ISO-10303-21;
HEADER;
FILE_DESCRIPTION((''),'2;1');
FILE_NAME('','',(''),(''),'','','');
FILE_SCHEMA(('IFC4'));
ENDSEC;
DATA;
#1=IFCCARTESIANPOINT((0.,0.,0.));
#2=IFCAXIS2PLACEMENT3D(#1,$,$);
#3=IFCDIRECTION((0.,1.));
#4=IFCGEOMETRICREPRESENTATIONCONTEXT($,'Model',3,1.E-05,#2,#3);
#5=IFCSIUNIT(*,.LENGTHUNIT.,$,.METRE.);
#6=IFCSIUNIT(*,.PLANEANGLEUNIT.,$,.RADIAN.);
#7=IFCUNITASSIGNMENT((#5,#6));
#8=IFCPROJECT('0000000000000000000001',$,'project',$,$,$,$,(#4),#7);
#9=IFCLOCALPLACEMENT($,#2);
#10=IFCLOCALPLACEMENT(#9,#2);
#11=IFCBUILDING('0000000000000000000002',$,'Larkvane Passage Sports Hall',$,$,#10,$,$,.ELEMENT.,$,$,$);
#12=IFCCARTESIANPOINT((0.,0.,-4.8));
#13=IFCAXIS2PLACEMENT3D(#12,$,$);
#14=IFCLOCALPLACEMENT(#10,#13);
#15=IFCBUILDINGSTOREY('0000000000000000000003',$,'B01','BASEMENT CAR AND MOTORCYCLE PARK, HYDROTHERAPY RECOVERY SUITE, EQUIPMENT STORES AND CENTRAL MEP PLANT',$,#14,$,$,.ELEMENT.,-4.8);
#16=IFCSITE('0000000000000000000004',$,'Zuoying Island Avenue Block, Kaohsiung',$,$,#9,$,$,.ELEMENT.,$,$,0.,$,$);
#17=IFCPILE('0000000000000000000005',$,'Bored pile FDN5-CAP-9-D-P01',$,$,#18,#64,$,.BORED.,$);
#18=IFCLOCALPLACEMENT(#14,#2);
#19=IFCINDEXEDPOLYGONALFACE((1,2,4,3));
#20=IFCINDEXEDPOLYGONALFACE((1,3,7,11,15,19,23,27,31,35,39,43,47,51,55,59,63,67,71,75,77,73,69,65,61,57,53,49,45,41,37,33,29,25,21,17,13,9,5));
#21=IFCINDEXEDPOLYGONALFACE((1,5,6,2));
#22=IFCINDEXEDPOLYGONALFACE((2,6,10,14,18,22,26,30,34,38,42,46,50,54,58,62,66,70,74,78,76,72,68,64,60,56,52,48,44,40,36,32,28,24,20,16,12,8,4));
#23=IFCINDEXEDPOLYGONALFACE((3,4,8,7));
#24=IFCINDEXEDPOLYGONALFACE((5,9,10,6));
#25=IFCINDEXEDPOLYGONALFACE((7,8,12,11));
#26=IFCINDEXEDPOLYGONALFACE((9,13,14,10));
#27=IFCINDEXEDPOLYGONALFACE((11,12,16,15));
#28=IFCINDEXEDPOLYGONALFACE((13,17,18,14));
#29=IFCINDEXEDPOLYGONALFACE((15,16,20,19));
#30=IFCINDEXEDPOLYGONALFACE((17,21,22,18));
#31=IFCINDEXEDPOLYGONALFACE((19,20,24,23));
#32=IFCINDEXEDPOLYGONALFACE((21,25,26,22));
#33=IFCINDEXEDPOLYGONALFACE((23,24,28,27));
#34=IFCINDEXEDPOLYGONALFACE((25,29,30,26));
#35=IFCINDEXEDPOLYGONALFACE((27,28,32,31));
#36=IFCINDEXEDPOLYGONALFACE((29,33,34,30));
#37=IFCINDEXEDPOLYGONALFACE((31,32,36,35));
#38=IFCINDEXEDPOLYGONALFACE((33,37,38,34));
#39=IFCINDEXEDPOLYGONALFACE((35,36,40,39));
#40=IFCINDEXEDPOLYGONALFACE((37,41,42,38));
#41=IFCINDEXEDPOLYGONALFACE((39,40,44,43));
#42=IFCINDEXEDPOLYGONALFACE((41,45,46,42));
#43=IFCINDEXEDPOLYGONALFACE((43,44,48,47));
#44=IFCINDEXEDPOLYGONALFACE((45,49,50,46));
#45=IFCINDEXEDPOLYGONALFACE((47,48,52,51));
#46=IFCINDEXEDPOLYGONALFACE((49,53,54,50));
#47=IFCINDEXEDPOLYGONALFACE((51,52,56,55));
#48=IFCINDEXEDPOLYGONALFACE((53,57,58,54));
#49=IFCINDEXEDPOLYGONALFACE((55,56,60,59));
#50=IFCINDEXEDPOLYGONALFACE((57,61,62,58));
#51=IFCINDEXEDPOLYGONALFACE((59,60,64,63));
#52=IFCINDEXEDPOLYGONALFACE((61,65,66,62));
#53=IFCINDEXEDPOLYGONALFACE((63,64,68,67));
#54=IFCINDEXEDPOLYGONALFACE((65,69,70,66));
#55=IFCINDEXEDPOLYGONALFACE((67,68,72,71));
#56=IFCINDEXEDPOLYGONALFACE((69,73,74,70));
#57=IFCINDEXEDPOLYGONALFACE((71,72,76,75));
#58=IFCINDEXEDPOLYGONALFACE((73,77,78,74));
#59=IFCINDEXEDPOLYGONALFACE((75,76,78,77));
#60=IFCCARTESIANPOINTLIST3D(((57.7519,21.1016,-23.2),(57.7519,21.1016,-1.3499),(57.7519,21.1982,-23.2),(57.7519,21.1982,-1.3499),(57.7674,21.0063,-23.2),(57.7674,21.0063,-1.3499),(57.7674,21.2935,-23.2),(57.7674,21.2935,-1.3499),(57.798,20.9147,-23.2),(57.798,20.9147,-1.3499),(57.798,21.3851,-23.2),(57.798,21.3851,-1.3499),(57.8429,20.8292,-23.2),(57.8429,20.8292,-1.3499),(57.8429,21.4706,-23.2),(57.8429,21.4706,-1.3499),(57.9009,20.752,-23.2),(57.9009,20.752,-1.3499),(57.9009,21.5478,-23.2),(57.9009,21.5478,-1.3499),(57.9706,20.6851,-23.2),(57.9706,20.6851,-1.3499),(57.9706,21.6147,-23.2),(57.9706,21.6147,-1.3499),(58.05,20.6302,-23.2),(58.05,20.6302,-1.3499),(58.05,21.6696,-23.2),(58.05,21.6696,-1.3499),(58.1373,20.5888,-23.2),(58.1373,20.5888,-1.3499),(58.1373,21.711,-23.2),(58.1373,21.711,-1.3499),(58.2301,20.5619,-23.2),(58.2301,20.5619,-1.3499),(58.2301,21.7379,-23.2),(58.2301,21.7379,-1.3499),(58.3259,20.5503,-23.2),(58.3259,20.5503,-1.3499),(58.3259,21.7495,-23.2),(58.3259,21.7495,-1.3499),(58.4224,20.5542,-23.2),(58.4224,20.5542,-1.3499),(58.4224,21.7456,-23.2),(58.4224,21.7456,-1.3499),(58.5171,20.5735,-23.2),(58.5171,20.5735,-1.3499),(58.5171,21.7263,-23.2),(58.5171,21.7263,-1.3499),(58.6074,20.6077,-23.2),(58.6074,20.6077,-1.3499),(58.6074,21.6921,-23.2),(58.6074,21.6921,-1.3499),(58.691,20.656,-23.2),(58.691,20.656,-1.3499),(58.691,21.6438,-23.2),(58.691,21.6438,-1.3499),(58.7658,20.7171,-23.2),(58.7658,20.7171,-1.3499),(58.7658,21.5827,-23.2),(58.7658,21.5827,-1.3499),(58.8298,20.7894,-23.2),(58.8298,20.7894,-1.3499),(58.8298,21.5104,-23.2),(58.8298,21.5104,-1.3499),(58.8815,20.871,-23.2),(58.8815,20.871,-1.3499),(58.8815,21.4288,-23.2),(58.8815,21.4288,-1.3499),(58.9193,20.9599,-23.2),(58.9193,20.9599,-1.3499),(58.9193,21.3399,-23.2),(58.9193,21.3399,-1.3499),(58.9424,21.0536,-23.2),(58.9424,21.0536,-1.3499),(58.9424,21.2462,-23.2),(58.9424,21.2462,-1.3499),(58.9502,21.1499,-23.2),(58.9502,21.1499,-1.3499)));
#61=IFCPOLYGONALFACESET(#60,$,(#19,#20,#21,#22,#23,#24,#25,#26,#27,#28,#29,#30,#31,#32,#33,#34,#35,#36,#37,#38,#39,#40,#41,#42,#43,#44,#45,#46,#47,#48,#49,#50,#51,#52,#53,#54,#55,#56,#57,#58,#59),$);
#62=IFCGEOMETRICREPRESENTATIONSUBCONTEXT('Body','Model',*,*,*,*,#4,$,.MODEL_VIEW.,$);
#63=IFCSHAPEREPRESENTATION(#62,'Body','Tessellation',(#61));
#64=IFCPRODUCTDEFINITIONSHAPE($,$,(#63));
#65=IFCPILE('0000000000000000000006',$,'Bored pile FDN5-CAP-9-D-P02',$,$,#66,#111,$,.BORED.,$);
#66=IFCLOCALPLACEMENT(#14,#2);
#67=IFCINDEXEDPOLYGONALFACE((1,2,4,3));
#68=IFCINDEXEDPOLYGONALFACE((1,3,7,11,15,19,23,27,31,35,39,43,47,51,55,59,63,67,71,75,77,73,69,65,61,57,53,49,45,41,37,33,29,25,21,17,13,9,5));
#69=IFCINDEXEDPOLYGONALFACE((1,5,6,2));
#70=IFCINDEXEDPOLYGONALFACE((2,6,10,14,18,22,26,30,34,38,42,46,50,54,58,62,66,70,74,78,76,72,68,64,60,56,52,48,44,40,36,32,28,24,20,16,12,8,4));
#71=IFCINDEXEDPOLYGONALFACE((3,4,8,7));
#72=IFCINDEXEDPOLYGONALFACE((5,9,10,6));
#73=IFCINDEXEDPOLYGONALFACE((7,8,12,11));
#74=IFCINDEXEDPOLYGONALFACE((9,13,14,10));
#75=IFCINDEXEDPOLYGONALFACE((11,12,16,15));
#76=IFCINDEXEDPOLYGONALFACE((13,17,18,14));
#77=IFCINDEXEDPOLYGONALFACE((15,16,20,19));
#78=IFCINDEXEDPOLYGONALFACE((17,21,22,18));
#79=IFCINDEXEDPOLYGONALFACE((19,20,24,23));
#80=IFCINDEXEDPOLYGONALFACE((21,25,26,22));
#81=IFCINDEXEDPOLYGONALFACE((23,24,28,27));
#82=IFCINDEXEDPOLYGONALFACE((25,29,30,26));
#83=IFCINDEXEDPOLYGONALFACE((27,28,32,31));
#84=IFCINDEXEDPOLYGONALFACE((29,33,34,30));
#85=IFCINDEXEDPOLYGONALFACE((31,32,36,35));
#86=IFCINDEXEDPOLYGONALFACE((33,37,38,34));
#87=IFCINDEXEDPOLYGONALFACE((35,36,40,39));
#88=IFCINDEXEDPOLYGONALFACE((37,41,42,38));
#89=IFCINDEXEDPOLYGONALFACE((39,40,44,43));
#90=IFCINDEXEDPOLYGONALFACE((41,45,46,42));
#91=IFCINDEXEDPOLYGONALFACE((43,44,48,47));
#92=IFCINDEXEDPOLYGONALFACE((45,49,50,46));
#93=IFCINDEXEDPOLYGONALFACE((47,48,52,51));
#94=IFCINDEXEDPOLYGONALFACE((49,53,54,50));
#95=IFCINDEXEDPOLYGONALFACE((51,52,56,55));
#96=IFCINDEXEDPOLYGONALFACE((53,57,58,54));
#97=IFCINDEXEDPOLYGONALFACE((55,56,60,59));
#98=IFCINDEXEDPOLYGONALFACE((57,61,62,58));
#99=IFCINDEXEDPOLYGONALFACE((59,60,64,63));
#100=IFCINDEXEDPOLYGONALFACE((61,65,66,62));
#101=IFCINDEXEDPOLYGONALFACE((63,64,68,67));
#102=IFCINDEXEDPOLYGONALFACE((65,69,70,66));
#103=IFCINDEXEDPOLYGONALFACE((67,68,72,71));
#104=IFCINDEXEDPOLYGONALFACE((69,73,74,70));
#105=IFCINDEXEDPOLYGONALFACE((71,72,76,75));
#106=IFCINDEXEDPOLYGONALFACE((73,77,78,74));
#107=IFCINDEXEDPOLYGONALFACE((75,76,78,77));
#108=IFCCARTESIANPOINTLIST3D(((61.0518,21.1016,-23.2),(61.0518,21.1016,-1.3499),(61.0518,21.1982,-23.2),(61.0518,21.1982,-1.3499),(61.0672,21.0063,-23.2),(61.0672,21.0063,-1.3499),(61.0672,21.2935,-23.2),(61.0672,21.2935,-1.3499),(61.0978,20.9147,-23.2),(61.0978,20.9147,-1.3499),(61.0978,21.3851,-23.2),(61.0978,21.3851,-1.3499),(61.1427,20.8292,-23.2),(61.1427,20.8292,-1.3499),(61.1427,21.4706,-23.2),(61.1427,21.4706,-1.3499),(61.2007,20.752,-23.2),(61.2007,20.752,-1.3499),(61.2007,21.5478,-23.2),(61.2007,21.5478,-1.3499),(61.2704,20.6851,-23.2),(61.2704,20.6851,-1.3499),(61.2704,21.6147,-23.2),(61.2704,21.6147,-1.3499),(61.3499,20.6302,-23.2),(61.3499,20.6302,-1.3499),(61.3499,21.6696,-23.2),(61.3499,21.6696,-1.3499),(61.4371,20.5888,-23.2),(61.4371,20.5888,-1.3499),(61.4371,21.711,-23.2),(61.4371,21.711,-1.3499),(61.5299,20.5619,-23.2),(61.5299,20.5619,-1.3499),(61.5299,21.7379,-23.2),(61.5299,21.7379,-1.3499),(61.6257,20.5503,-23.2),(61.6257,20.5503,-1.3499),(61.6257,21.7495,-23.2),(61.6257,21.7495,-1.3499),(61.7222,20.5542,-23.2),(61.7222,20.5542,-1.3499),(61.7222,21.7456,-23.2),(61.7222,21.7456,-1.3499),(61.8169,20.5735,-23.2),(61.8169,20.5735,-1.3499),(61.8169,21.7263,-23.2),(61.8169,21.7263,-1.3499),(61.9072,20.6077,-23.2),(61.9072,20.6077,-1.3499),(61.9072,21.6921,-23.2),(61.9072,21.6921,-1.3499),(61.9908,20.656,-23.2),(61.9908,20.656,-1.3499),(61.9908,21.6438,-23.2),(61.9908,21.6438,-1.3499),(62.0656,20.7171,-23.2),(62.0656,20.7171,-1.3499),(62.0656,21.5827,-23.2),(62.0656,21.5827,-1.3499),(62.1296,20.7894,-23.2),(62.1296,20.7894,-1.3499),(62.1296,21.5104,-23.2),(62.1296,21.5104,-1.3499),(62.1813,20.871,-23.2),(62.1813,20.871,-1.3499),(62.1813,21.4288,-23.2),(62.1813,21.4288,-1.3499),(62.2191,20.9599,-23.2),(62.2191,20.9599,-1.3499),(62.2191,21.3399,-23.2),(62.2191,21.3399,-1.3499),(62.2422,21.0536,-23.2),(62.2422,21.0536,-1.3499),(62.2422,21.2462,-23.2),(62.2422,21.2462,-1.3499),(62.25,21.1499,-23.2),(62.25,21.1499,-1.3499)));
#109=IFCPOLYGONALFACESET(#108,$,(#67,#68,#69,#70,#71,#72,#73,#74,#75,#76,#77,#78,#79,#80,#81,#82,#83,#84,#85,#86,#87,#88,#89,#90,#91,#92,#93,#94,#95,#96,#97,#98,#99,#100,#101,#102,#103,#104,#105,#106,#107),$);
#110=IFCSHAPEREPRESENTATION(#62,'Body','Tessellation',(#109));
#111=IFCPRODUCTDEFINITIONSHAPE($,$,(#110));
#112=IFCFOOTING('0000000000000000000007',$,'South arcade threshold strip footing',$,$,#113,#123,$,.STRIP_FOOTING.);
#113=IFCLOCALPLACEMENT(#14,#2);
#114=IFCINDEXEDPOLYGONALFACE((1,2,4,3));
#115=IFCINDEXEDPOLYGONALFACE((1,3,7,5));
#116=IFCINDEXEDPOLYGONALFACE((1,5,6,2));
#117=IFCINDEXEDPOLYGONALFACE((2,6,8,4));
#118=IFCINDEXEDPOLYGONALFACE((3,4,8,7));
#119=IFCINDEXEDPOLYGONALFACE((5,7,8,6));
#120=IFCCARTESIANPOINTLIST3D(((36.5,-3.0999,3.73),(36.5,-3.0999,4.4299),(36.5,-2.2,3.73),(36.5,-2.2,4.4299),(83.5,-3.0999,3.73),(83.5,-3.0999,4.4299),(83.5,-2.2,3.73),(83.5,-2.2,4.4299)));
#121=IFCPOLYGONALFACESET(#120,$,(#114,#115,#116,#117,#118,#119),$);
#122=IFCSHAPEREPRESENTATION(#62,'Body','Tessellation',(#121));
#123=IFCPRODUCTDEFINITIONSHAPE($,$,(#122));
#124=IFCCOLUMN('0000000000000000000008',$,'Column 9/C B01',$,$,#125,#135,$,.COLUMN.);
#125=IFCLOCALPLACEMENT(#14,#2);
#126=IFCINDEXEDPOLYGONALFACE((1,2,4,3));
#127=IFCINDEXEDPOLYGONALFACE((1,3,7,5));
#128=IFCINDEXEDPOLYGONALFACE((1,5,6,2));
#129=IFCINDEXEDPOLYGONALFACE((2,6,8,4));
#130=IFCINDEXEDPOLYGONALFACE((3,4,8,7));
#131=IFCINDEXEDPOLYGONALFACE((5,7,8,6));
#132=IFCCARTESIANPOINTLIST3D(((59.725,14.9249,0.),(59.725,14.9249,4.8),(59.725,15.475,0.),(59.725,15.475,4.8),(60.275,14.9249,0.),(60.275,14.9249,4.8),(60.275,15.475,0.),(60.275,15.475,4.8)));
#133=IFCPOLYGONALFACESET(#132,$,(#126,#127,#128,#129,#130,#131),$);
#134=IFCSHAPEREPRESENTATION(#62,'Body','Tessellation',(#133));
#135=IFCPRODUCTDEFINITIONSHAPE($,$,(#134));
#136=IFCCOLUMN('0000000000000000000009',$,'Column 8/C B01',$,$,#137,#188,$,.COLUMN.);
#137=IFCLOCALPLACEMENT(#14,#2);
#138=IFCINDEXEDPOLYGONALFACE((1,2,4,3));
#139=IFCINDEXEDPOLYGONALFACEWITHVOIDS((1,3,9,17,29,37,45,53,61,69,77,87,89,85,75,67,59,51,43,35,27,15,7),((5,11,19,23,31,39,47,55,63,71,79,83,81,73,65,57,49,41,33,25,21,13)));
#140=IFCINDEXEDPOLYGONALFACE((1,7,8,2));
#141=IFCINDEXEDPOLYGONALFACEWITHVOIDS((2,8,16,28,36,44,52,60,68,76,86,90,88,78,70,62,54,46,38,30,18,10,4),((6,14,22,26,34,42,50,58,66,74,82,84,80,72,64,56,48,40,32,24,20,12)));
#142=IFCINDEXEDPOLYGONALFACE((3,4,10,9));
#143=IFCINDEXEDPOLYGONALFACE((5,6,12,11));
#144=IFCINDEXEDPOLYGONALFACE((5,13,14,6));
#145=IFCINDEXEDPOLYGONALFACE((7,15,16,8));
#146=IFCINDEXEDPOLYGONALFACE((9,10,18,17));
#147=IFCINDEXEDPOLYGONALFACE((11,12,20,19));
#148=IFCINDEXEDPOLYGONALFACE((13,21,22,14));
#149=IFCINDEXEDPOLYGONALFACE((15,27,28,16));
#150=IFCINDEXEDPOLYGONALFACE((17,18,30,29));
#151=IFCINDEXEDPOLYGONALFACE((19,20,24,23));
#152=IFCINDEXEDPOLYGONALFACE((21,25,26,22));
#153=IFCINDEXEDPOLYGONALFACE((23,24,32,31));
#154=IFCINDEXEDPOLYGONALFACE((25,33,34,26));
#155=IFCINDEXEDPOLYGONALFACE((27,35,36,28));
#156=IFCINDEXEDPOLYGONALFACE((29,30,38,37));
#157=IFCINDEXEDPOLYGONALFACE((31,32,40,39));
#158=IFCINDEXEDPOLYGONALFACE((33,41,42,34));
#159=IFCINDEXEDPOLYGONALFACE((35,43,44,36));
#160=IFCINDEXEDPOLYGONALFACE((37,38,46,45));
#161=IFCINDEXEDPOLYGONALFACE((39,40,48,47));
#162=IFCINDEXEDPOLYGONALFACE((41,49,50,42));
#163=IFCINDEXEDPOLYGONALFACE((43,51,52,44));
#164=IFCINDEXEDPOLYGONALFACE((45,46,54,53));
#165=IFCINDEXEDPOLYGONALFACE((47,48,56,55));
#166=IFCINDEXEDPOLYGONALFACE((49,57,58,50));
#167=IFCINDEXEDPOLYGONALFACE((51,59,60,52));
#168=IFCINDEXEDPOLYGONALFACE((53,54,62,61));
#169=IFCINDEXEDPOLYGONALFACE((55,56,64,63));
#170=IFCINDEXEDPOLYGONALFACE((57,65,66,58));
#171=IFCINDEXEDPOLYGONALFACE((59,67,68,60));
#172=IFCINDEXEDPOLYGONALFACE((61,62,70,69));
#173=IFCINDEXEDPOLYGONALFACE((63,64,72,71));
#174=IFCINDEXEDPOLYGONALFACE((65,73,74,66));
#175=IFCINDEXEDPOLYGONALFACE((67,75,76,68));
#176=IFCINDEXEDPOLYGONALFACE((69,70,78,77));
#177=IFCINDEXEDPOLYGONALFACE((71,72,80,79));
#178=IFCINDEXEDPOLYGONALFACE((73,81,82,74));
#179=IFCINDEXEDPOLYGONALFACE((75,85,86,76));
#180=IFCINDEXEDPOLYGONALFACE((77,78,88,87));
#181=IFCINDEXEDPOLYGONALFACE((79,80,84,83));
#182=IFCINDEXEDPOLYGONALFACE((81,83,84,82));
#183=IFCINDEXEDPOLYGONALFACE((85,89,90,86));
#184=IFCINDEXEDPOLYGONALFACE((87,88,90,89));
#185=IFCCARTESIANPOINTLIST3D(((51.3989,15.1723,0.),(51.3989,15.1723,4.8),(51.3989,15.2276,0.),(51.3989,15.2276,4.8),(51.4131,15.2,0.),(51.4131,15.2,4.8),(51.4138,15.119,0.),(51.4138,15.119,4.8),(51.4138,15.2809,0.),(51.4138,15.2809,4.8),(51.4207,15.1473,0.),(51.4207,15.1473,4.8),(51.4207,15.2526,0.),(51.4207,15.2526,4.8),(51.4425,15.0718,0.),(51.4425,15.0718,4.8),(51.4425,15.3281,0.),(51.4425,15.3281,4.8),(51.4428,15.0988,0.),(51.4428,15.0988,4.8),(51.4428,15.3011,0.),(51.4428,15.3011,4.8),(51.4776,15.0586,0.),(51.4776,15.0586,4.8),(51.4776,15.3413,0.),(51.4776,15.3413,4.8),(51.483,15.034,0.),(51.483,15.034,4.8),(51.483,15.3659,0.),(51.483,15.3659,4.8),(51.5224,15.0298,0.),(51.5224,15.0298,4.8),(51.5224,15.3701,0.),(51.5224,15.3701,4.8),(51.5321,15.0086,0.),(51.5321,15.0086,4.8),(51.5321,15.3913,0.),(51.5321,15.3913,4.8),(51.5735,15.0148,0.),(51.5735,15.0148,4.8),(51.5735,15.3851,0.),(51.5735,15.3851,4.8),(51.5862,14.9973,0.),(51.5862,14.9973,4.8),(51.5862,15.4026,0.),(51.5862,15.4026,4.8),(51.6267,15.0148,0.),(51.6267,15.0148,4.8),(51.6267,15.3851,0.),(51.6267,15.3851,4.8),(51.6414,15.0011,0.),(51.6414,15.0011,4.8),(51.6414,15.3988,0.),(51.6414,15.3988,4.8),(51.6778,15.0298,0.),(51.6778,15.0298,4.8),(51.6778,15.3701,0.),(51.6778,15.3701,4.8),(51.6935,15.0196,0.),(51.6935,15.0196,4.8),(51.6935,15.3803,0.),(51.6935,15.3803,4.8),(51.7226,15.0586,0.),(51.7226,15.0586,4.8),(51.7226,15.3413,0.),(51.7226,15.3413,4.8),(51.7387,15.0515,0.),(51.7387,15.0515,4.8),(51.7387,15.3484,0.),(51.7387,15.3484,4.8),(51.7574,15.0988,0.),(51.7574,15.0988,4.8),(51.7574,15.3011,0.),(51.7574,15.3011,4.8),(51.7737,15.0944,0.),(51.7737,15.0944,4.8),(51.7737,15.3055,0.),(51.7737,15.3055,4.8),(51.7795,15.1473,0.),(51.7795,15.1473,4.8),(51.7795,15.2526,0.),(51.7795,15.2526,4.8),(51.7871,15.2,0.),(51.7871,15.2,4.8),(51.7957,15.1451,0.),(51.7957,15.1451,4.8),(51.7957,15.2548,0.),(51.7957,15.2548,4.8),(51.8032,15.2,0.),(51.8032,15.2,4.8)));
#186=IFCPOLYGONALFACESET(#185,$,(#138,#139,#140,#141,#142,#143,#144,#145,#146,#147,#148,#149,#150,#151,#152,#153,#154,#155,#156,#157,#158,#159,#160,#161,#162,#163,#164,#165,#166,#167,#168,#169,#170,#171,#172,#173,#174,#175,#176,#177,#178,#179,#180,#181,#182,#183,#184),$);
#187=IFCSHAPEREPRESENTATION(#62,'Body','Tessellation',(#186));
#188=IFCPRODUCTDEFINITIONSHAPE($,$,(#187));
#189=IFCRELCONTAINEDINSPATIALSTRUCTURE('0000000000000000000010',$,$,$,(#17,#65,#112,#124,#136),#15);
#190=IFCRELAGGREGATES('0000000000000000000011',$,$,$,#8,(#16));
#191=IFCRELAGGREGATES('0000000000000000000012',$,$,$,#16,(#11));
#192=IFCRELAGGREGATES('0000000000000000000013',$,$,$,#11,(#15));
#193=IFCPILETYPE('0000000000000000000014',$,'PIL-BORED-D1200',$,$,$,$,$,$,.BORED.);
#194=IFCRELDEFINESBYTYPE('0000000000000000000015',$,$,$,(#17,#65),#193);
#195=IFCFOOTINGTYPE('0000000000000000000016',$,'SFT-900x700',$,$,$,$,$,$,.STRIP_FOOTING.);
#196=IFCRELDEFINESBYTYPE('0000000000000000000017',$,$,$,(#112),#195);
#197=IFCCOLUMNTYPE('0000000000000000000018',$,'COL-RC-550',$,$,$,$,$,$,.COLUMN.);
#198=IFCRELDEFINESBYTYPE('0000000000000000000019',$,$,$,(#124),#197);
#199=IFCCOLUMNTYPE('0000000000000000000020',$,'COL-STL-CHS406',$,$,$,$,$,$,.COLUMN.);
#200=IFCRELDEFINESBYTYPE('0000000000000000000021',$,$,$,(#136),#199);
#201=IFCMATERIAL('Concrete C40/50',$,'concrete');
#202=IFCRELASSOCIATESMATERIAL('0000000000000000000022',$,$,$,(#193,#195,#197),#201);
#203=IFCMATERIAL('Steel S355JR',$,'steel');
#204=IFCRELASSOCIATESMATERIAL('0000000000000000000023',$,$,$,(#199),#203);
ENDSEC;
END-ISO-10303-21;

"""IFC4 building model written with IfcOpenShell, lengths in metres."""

from ifc_helpers import new_model, si_unit, direction, frame, origin, origin_2d, place, context, subcontext, project, spatial, rectangle, circle, hollow_circle, extrude, material, material_profile, profile_set, type_object, element, save


model = new_model("IFC4")

# Units and contexts
model_context = context("Model", 3, precision=1e-05, world=origin(), true_north=direction((0.0, 1.0)))
body_context = subcontext(model_context, "Body", "Model", "MODEL_VIEW")
ifc_project = project(units=[si_unit("LENGTHUNIT", "METRE"), si_unit("PLANEANGLEUNIT", "RADIAN")], contexts=[model_context])

# Site, building, storey
site_placement = place(None, origin())
site = spatial("IfcSite", under=ifc_project, at=site_placement, Name="Zuoying Island Avenue Block, Kaohsiung", CompositionType="ELEMENT", RefElevation=0.0)
building_placement = place(site_placement, origin())
building = spatial("IfcBuilding", under=site, at=building_placement, Name="Larkvane Passage Sports Hall", CompositionType="ELEMENT")
storey_placement = place(building_placement, frame((0.0, 0.0, -4.8)))
storey = spatial("IfcBuildingStorey", under=building, at=storey_placement, Name="B01", Description="BASEMENT CAR AND MOTORCYCLE PARK, HYDROTHERAPY RECOVERY SUITE, EQUIPMENT STORES AND CENTRAL MEP PLANT", CompositionType="ELEMENT", Elevation=-4.8)

# Shared definitions
ifc_material_1 = material(Name="Concrete C40/50", Category="concrete")

# Piles
ifc_material_profile_1 = material_profile(ifc_material_1, circle(Radius=0.6001, at=origin_2d()), Name="PILE-D1200")
ifc_profile_set_1 = profile_set([ifc_material_profile_1], Name="Concrete C40/50")
pile_type = type_object("IfcPileType", Name="PIL-BORED-D1200", PredefinedType="BORED", material=ifc_profile_set_1)
for number, where, z_axis, x_axis, name in (
    (1, (58.3501, 21.1499, -1.3499), (0.0, 0.0, -1.0), (1.0, 0.0, 0.0), "Bored pile FDN5-CAP-9-D-P01"),
    (2, (61.6499, 21.1499, -1.3499), (0.0, 0.0, -1.0), (1.0, 0.0, 0.0), "Bored pile FDN5-CAP-9-D-P02"),
):
    element("IfcPile", number, at=place(storey_placement, frame(where, z_axis=z_axis, x_axis=x_axis)), inside=storey, type_object=pile_type, Name=name, PredefinedType="BORED", context=body_context, shape_type="SweptSolid", body=[
        extrude(circle(Radius=0.6001, at=origin_2d()), origin(), (0.0, 0.0, 1.0), 21.8501),
    ])

# Footing
footing_type_1 = type_object("IfcFootingType", Name="SFT-900x700", PredefinedType="STRIP_FOOTING", material=ifc_material_1)
footing_1_placement = place(storey_placement, frame((60.0, -2.6499, 3.73), z_axis=(0.0, 0.0, 1.0), x_axis=(1.0, 0.0, 0.0)))
element("IfcFooting", 3, at=footing_1_placement, inside=storey, type_object=footing_type_1, Name="South arcade threshold strip footing", PredefinedType="STRIP_FOOTING", context=body_context, shape_type="SweptSolid", body=[
    extrude(rectangle(XDim=47.0, YDim=0.8999, at=origin_2d()), origin(), (0.0, 0.0, 1.0), 0.7),
])

# Columns
ifc_material_profile_2 = material_profile(ifc_material_1, rectangle(XDim=0.55, YDim=0.55, at=origin_2d()), Name="RC-COL-550x550")
ifc_profile_set_2 = profile_set([ifc_material_profile_2], Name="Concrete C40/50")
column_type_1 = type_object("IfcColumnType", Name="COL-RC-550", PredefinedType="COLUMN", material=ifc_profile_set_2)
column_1_placement = place(storey_placement, frame((60.0, 15.2, 0.0), z_axis=(0.0, 0.0, 1.0), x_axis=(1.0, 0.0, 0.0)))
element("IfcColumn", 4, at=column_1_placement, inside=storey, type_object=column_type_1, Name="Column 9/C B01", PredefinedType="COLUMN", context=body_context, shape_type="SweptSolid", body=[
    extrude(rectangle(XDim=0.55, YDim=0.55, at=origin_2d()), origin(), (0.0, 0.0, 1.0), 4.8),
])
ifc_material_2 = material(Name="Steel S355JR", Category="steel")
ifc_material_profile_3 = material_profile(ifc_material_2, hollow_circle(Radius=0.2031, WallThickness=0.0161, at=origin_2d()), Name="CHS-406.4x16.0")
ifc_profile_set_3 = profile_set([ifc_material_profile_3], Name="Steel S355JR")
column_type_2 = type_object("IfcColumnType", Name="COL-STL-CHS406", PredefinedType="COLUMN", material=ifc_profile_set_3)
column_2_placement = place(storey_placement, frame((51.6001, 15.2, 0.0), z_axis=(0.0, 0.0, 1.0), x_axis=(1.0, 0.0, 0.0)))
element("IfcColumn", 5, at=column_2_placement, inside=storey, type_object=column_type_2, Name="Column 8/C B01", PredefinedType="COLUMN", context=body_context, shape_type="SweptSolid", body=[
    extrude(hollow_circle(Radius=0.2031, WallThickness=0.0161, at=origin_2d()), origin(), (0.0, 0.0, 1.0), 4.8),
])

save(model, "model.ifc")
